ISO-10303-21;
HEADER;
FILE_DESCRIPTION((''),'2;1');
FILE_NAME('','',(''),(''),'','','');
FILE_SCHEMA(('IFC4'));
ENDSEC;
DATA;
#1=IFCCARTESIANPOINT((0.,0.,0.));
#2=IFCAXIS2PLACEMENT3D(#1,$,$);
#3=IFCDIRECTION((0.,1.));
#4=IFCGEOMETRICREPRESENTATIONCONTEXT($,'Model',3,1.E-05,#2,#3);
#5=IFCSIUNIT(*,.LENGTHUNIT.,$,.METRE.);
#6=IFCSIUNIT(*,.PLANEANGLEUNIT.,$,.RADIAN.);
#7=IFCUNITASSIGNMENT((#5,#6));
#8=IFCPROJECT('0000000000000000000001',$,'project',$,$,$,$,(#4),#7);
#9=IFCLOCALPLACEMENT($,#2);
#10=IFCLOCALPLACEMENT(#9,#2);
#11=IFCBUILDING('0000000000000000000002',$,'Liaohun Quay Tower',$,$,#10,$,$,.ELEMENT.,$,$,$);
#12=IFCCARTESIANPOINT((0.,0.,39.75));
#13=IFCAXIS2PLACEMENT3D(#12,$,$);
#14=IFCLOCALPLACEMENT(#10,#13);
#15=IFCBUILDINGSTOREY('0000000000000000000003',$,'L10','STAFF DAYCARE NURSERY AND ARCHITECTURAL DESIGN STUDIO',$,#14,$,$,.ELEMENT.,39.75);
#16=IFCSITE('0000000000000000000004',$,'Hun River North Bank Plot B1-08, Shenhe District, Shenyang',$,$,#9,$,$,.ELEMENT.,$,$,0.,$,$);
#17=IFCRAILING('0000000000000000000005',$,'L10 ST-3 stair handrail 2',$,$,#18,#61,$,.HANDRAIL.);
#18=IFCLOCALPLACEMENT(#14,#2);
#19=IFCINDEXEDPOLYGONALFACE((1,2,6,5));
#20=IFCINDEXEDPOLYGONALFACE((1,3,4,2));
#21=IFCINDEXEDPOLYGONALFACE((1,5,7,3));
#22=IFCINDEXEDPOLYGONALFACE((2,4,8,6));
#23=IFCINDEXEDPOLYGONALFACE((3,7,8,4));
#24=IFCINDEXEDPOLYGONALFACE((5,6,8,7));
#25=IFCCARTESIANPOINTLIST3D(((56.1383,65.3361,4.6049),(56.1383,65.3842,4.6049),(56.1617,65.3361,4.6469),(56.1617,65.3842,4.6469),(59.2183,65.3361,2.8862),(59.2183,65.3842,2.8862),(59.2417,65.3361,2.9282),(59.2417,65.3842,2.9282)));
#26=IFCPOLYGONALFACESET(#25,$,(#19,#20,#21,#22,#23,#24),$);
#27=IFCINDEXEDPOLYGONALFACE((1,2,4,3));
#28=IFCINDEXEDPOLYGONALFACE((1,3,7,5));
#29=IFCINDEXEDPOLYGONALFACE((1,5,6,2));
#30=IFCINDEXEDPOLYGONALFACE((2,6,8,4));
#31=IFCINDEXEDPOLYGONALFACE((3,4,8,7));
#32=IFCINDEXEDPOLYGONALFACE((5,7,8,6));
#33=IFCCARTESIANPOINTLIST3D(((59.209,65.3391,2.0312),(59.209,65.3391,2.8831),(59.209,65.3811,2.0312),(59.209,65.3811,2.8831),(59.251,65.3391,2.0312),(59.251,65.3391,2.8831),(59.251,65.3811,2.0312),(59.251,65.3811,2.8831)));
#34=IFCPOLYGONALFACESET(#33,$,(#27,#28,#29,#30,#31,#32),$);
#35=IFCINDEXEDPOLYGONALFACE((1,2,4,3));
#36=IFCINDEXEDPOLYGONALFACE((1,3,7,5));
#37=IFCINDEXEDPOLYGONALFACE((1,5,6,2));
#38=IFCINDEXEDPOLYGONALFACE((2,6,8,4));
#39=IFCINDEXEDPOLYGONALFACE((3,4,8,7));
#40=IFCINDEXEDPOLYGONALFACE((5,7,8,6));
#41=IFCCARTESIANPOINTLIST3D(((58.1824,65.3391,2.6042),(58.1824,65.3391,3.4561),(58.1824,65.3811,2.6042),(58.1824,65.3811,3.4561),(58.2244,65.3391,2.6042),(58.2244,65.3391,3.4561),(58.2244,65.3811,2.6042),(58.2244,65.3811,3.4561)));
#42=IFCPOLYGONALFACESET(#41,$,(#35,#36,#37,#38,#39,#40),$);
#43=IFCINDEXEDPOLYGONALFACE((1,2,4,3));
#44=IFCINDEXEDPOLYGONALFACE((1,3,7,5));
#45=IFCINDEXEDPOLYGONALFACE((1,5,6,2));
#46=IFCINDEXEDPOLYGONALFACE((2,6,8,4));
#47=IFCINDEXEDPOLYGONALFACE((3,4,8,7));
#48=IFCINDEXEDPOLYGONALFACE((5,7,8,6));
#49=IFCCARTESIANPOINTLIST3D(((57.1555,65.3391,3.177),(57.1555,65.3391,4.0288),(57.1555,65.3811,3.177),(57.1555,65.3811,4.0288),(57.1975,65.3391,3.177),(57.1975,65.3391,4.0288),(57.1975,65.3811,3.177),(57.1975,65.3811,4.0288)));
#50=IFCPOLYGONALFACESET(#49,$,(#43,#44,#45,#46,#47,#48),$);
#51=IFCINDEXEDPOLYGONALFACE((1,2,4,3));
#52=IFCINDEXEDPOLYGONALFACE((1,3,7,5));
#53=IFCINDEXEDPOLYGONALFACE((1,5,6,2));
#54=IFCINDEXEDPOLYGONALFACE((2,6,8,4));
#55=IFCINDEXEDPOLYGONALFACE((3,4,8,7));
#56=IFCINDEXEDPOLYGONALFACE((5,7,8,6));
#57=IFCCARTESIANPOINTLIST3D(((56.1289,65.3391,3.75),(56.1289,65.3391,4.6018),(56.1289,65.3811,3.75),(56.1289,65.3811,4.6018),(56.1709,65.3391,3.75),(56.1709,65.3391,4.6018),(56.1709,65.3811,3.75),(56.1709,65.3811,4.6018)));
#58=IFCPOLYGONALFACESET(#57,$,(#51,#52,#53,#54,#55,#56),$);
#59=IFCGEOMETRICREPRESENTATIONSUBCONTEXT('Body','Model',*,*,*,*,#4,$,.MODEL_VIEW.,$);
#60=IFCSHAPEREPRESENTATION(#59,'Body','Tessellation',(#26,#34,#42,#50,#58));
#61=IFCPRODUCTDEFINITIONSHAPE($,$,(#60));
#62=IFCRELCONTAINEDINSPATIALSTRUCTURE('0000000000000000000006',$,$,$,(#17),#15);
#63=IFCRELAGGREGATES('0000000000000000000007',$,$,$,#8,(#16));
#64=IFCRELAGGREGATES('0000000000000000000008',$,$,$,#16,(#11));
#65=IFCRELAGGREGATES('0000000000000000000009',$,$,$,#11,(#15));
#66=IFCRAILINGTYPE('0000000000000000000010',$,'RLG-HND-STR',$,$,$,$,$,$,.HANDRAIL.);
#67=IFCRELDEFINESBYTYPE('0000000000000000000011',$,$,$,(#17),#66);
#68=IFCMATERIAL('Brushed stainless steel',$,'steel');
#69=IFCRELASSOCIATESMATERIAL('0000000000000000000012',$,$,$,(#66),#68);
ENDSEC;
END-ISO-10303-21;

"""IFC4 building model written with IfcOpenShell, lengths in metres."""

from ifc_helpers import new_model, si_unit, direction, frame, origin, origin_2d, place, context, subcontext, project, spatial, rectangle, extrude, material, type_object, element, save


model = new_model("IFC4")

# Units and contexts
model_context = context("Model", 3, precision=1e-05, world=origin(), true_north=direction((0.0, 1.0)))
body_context = subcontext(model_context, "Body", "Model", "MODEL_VIEW")
ifc_project = project(units=[si_unit("LENGTHUNIT", "METRE"), si_unit("PLANEANGLEUNIT", "RADIAN")], contexts=[model_context])

# Site, building, storey
site_placement = place(None, origin())
site = spatial("IfcSite", under=ifc_project, at=site_placement, Name="Hun River North Bank Plot B1-08, Shenhe District, Shenyang", CompositionType="ELEMENT", RefElevation=0.0)
building_placement = place(site_placement, origin())
building = spatial("IfcBuilding", under=site, at=building_placement, Name="Liaohun Quay Tower", CompositionType="ELEMENT")
storey_placement = place(building_placement, frame((0.0, 0.0, 39.75)))
storey = spatial("IfcBuildingStorey", under=building, at=storey_placement, Name="L10", Description="STAFF DAYCARE NURSERY AND ARCHITECTURAL DESIGN STUDIO", CompositionType="ELEMENT", Elevation=39.75)

# Railing
ifc_material_1 = material(Name="Brushed stainless steel", Category="steel")
railing_type_1 = type_object("IfcRailingType", Name="RLG-HND-STR", PredefinedType="HANDRAIL", material=ifc_material_1)
railing_1_placement = place(storey_placement, frame((59.23, 65.3601, 2.0312)))
element("IfcRailing", 1, at=railing_1_placement, inside=storey, type_object=railing_type_1, Name="L10 ST-3 stair handrail 2", PredefinedType="HANDRAIL", context=body_context, shape_type="SweptSolid", body=[
    extrude(rectangle(XDim=0.0481, YDim=0.0481, at=origin_2d()), frame((0.0, 0.0, 0.876), z_axis=(-0.873242, 0.0, 0.487288), x_axis=(0.0, -1.0, 0.0)), (0.0, 0.0, 1.0), 3.5271),
    extrude(rectangle(XDim=0.042, YDim=0.042, at=origin_2d()), origin(), (0.0, 0.0, 1.0), 0.8518),
    extrude(rectangle(XDim=0.042, YDim=0.042, at=origin_2d()), frame((-1.0266, 0.0, 0.573)), (0.0, 0.0, 1.0), 0.8518),
    extrude(rectangle(XDim=0.042, YDim=0.042, at=origin_2d()), frame((-2.0535, 0.0, 1.1458)), (0.0, 0.0, 1.0), 0.8518),
    extrude(rectangle(XDim=0.042, YDim=0.042, at=origin_2d()), frame((-3.0801, 0.0, 1.7188)), (0.0, 0.0, 1.0), 0.8518),
])

save(model, "model.ifc")
